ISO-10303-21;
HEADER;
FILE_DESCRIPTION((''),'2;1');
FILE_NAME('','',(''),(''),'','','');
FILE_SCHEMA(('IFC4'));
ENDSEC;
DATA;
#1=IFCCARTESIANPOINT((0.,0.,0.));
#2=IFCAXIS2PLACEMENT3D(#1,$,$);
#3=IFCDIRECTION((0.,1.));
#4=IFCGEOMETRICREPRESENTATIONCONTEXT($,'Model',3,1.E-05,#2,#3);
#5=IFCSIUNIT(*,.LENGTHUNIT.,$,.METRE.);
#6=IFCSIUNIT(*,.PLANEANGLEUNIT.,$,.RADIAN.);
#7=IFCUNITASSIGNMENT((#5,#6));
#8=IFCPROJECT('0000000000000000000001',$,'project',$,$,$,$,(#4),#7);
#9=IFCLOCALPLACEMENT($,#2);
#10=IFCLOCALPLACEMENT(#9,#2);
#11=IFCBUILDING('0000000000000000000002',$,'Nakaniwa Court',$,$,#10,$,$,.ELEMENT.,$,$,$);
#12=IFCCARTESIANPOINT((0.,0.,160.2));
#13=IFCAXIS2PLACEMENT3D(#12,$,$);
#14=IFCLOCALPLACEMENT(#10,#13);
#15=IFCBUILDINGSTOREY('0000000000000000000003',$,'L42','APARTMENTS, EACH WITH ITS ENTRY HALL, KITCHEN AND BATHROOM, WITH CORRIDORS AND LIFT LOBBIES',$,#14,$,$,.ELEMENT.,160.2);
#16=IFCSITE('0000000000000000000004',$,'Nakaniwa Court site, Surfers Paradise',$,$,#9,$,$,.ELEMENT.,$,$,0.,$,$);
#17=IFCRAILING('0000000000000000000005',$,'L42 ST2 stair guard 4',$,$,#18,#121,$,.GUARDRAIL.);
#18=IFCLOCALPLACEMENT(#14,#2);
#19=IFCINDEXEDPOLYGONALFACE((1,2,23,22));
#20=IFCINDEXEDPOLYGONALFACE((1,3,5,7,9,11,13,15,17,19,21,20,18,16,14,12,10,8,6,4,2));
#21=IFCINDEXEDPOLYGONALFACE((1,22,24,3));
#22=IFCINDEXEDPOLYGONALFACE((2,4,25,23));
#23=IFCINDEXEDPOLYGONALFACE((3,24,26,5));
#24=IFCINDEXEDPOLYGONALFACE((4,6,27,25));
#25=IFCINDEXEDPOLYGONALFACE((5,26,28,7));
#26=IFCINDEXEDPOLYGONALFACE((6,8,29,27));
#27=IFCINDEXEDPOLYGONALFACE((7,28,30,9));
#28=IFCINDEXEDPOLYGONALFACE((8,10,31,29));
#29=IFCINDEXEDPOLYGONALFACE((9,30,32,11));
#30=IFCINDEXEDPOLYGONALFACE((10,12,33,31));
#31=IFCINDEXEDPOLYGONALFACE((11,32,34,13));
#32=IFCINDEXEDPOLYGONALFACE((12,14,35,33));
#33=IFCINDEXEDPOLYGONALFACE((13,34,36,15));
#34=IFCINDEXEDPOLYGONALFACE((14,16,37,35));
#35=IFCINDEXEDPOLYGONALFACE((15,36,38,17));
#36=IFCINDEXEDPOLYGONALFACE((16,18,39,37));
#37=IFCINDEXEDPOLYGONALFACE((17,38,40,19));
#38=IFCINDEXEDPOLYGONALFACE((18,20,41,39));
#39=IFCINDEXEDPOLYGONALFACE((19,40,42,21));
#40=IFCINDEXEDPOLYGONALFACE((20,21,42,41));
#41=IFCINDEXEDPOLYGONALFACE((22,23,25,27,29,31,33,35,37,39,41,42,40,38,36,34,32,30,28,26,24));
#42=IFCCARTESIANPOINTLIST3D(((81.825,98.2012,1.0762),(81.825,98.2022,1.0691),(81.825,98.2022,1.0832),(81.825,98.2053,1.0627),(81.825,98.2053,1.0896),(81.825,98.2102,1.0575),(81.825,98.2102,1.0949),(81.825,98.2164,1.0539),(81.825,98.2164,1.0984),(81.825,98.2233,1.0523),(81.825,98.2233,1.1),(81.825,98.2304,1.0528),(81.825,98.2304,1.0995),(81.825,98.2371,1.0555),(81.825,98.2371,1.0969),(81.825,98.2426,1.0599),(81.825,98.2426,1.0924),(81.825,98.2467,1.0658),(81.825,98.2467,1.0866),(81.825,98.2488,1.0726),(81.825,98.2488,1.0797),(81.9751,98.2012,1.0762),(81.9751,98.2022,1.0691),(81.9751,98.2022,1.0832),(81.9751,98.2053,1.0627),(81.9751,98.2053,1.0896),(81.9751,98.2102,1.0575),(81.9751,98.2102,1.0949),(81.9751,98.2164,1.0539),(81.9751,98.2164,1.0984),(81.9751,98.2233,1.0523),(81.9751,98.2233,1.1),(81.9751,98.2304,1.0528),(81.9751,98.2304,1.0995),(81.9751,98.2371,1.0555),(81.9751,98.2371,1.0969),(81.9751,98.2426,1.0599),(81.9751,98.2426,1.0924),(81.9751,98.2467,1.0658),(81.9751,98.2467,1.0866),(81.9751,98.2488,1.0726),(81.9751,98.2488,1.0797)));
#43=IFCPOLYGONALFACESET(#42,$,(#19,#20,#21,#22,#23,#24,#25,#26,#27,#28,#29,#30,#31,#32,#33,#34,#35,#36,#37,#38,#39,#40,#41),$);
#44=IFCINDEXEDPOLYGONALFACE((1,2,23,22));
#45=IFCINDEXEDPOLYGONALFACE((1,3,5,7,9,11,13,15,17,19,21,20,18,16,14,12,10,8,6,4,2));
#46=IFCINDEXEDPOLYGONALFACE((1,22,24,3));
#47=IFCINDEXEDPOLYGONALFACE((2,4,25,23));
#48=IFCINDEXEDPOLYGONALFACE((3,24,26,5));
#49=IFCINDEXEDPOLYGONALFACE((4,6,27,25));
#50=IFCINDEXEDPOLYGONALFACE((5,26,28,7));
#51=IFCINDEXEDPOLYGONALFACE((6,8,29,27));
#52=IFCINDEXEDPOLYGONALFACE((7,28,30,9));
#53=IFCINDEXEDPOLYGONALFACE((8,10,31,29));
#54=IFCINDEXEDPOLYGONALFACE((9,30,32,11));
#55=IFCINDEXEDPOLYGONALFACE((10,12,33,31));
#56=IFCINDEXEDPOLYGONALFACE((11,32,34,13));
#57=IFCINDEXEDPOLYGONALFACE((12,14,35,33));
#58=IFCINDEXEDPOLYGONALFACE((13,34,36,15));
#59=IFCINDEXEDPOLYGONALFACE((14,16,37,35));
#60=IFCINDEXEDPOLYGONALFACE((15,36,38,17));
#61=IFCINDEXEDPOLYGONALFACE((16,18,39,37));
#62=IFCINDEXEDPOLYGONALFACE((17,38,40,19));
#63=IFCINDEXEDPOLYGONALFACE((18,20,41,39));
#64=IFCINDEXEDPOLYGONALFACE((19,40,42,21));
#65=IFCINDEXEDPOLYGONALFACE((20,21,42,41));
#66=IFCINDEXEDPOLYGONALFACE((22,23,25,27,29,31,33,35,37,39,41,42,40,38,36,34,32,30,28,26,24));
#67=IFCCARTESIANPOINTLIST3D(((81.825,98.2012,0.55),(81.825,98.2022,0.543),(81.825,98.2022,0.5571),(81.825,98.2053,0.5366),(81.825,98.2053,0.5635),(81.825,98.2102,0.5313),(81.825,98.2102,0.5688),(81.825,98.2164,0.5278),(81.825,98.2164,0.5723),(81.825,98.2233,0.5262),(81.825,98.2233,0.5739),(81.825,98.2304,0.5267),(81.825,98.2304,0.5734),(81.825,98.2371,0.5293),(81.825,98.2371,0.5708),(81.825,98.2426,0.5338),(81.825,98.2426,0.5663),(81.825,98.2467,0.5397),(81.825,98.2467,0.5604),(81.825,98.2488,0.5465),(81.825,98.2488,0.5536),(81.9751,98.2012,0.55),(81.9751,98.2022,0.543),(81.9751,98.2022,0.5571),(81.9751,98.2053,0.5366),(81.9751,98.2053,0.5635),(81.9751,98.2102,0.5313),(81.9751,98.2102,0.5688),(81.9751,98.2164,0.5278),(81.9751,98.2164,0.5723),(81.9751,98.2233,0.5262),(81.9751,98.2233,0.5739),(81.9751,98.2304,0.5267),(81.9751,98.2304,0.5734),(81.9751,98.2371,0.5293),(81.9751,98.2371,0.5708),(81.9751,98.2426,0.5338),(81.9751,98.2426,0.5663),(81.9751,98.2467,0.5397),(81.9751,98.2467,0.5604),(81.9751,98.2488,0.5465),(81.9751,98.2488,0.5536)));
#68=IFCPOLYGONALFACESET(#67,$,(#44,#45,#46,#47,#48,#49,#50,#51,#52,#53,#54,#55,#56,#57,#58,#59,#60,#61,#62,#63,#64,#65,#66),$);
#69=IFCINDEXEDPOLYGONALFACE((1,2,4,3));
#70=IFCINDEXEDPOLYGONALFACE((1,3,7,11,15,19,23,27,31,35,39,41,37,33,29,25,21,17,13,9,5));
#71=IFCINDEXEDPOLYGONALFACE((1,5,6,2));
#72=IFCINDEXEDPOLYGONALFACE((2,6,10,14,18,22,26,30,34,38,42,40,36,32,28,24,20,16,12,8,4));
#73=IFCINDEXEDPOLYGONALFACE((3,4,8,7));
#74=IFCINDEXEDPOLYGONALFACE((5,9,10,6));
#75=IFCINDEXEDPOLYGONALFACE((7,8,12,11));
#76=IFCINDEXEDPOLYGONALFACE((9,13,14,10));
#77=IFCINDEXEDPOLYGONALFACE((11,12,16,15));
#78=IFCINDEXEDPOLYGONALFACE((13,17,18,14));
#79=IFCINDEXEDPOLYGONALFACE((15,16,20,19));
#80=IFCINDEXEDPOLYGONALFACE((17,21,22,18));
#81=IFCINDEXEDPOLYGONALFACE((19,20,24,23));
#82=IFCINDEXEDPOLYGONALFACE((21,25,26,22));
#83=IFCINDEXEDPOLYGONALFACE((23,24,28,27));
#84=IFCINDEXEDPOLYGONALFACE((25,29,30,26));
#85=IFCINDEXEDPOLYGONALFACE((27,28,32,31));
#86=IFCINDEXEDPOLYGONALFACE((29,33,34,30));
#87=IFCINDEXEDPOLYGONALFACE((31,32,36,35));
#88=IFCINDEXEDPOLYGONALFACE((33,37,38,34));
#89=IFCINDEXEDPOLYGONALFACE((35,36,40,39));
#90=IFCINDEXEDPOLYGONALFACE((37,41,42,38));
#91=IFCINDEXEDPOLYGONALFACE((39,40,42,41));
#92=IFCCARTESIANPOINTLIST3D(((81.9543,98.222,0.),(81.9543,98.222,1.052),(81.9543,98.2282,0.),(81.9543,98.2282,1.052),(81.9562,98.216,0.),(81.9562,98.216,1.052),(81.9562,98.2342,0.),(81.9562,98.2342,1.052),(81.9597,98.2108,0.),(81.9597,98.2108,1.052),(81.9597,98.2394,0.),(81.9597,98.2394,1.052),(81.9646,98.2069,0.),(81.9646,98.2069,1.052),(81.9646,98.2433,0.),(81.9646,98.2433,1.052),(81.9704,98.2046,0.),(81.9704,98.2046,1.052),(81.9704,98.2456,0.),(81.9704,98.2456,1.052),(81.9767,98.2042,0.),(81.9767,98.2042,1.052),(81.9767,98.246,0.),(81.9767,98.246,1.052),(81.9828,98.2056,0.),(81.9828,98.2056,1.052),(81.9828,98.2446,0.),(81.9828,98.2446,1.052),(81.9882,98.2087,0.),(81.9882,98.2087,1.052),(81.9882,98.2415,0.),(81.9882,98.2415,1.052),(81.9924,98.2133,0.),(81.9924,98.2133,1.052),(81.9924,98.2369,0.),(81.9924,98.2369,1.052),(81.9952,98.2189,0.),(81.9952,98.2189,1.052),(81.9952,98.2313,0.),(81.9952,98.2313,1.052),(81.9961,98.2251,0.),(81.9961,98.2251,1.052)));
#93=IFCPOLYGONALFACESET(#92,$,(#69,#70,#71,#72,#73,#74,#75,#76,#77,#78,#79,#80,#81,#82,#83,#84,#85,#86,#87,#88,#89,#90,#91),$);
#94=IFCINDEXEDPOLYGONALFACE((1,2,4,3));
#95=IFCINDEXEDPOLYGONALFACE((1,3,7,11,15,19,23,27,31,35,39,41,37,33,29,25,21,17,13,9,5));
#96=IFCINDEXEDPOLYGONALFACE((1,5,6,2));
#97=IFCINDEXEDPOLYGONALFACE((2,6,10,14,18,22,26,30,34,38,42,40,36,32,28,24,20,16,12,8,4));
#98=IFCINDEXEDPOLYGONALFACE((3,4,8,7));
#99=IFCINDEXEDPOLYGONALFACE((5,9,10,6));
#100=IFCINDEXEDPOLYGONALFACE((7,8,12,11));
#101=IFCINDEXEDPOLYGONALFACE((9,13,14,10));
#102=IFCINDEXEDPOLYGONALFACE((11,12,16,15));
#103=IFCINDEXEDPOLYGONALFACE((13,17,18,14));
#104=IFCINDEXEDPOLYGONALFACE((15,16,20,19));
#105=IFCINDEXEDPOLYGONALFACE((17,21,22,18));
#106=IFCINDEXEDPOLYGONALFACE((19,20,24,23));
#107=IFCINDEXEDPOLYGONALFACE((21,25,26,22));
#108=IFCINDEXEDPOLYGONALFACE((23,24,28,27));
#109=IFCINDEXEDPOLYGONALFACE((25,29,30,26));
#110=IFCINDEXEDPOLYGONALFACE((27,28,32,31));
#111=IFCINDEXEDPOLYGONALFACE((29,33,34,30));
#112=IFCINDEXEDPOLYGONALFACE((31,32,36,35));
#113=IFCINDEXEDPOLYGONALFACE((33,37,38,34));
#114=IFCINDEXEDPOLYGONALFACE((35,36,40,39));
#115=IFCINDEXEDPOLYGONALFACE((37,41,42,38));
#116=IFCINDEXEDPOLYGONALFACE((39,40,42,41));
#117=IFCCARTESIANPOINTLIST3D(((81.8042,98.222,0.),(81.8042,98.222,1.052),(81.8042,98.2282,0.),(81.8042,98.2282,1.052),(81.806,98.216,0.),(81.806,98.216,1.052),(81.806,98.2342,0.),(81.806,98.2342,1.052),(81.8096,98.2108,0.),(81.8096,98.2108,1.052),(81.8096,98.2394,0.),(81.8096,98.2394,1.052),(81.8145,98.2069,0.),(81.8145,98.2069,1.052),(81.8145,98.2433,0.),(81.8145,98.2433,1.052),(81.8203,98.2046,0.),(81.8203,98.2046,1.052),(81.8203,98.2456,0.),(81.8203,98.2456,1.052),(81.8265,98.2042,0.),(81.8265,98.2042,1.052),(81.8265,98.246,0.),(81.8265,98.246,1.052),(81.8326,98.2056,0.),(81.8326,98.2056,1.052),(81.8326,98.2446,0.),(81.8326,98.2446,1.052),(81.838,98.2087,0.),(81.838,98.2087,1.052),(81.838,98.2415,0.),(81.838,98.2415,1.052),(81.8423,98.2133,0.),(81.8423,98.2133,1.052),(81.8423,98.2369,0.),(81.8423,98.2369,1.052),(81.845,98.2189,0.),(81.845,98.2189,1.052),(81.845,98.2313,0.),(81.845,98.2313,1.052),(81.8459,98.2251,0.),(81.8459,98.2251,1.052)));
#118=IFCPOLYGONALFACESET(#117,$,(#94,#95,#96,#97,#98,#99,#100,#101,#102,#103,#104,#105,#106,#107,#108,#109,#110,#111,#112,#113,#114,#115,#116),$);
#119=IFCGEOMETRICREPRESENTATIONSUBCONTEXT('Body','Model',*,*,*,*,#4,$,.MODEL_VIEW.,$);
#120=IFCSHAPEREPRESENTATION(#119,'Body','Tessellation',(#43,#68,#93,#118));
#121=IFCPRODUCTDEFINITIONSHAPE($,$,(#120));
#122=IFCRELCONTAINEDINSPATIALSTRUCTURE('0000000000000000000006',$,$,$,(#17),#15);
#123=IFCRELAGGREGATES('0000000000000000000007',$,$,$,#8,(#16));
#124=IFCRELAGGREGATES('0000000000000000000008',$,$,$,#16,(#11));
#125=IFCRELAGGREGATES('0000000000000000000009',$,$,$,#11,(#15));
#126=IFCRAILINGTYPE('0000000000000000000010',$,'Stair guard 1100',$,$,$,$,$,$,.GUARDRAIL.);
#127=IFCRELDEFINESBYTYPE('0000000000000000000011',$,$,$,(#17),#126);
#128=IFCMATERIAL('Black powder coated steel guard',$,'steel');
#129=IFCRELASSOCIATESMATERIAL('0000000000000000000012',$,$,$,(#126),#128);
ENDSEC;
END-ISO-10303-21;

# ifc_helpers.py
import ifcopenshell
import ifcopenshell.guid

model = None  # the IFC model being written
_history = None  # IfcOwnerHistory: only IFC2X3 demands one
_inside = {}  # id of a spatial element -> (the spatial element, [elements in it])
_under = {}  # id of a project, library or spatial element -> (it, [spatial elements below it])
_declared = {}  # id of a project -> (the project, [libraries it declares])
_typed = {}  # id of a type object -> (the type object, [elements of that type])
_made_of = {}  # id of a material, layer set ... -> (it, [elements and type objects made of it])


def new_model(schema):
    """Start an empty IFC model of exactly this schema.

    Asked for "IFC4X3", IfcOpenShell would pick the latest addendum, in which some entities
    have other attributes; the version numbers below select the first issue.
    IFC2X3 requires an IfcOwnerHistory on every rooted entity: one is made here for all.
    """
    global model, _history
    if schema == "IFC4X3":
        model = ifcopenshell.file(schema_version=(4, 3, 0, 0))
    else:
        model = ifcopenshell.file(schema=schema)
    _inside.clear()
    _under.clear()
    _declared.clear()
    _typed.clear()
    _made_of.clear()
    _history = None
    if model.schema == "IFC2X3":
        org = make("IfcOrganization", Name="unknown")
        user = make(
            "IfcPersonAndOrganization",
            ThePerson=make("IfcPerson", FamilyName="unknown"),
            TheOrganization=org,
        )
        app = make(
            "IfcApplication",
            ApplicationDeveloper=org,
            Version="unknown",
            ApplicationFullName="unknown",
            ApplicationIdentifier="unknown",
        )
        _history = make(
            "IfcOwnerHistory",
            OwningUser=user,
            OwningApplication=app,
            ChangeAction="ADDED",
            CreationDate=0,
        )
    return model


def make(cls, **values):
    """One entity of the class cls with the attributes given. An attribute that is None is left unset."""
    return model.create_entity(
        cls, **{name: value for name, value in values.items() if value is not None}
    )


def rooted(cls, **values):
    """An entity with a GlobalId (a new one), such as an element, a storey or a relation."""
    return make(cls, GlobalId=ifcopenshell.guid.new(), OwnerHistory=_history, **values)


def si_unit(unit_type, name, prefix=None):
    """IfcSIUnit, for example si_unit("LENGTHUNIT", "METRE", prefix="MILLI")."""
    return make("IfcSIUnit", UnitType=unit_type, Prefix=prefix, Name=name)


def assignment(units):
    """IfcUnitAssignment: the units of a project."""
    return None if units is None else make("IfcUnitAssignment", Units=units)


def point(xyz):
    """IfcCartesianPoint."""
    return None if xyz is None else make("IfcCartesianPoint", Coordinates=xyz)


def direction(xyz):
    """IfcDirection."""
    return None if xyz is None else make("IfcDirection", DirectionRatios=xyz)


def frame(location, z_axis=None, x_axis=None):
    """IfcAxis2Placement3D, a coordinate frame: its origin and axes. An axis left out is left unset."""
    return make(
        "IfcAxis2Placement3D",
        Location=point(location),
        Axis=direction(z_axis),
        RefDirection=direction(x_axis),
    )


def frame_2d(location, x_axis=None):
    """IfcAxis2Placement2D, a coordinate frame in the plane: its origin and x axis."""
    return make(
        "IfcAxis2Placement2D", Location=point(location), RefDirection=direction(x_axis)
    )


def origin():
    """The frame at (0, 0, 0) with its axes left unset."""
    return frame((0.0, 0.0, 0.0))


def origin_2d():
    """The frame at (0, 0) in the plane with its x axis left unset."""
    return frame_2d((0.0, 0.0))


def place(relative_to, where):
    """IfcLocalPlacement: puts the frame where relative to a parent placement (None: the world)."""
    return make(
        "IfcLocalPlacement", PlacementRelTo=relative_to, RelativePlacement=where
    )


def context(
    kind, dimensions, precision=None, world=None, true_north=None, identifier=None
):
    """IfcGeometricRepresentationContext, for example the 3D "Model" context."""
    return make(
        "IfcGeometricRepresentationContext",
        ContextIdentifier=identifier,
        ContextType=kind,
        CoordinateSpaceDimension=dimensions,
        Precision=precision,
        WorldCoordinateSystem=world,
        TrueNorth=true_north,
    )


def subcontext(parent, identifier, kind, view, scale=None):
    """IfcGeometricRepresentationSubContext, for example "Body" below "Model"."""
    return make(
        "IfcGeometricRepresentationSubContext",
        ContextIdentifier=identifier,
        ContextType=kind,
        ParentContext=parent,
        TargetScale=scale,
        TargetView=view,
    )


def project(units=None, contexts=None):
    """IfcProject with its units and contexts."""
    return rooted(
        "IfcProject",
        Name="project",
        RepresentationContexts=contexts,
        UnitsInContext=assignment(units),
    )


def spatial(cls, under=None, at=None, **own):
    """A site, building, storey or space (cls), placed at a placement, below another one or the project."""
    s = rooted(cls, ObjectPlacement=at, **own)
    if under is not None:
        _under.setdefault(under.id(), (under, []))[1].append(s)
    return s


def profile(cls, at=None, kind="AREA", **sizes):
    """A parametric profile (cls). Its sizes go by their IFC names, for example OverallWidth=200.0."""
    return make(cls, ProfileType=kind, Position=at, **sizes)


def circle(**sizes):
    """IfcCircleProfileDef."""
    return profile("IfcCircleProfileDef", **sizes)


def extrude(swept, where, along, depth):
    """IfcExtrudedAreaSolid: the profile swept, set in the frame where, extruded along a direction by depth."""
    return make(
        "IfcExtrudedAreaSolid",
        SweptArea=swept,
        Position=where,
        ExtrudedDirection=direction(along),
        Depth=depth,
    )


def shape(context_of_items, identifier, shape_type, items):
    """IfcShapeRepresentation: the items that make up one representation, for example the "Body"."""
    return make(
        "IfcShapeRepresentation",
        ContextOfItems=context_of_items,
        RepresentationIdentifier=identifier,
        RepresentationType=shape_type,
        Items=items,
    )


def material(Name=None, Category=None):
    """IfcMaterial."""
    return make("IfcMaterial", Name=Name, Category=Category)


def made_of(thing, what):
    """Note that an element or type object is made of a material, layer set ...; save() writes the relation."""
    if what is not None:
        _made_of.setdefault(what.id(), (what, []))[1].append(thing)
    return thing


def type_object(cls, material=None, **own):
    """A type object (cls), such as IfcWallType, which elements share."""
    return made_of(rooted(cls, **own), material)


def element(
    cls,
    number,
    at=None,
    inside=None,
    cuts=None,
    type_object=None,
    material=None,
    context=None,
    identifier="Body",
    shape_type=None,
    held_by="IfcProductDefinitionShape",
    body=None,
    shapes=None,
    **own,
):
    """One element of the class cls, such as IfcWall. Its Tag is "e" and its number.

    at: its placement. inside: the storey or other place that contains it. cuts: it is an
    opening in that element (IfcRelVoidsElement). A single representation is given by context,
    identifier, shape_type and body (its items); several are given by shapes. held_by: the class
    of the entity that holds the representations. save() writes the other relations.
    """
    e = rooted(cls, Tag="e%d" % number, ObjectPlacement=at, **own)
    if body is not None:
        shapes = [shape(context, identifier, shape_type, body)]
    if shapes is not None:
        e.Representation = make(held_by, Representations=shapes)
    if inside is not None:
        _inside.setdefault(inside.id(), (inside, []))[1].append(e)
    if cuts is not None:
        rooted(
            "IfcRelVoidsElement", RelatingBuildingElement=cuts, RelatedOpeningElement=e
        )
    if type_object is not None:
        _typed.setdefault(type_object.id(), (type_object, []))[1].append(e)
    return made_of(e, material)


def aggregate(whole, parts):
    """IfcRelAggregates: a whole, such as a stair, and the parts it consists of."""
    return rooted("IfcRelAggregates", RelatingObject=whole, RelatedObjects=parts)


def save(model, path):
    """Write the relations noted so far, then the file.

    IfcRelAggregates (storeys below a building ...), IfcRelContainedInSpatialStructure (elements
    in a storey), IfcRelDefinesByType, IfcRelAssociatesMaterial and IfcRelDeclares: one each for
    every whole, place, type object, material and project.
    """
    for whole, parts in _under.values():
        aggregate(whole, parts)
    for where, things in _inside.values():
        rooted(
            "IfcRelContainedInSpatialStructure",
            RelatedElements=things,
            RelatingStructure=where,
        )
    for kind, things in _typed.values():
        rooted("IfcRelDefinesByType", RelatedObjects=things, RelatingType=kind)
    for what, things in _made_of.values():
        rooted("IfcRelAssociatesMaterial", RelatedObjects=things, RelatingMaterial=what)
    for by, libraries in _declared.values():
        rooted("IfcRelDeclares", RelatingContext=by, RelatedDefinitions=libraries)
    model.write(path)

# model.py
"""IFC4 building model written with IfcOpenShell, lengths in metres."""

from ifc_helpers import new_model, si_unit, direction, frame, origin, origin_2d, place, context, subcontext, project, spatial, circle, extrude, material, type_object, element, save


model = new_model("IFC4")

# Units and contexts
model_context = context("Model", 3, precision=1e-05, world=origin(), true_north=direction((0.0, 1.0)))
body_context = subcontext(model_context, "Body", "Model", "MODEL_VIEW")
ifc_project = project(units=[si_unit("LENGTHUNIT", "METRE"), si_unit("PLANEANGLEUNIT", "RADIAN")], contexts=[model_context])

# Site, building, storey
site_placement = place(None, origin())
site = spatial("IfcSite", under=ifc_project, at=site_placement, Name="Nakaniwa Court site, Surfers Paradise", CompositionType="ELEMENT", RefElevation=0.0)
building_placement = place(site_placement, origin())
building = spatial("IfcBuilding", under=site, at=building_placement, Name="Nakaniwa Court", CompositionType="ELEMENT")
storey_placement = place(building_placement, frame((0.0, 0.0, 160.2)))
storey = spatial("IfcBuildingStorey", under=building, at=storey_placement, Name="L42", Description="APARTMENTS, EACH WITH ITS ENTRY HALL, KITCHEN AND BATHROOM, WITH CORRIDORS AND LIFT LOBBIES", CompositionType="ELEMENT", Elevation=160.2)

# Railing
ifc_material_1 = material(Name="Black powder coated steel guard", Category="steel")
railing_type_1 = type_object("IfcRailingType", Name="Stair guard 1100", PredefinedType="GUARDRAIL", material=ifc_material_1)
railing_1_placement = place(storey_placement, frame((81.9751, 98.2251, 0.0)))
element("IfcRailing", 1, at=railing_1_placement, inside=storey, type_object=railing_type_1, Name="L42 ST2 stair guard 4", PredefinedType="GUARDRAIL", context=body_context, shape_type="SweptSolid", body=[
    extrude(circle(Radius=0.0239, at=origin_2d()), frame((0.0, 0.0, 1.0762), z_axis=(-1.0, 0.0, 0.0), x_axis=(0.0, -1.0, 0.0)), (0.0, 0.0, 1.0), 0.1501),
    extrude(circle(Radius=0.0239, at=origin_2d()), frame((0.0, 0.0, 0.55), z_axis=(-1.0, 0.0, 0.0), x_axis=(0.0, -1.0, 0.0)), (0.0, 0.0, 1.0), 0.1501),
    extrude(circle(Radius=0.021, at=origin_2d()), origin(), (0.0, 0.0, 1.0), 1.052),
    extrude(circle(Radius=0.021, at=origin_2d()), frame((-0.1501, 0.0, 0.0)), (0.0, 0.0, 1.0), 1.052),
])

save(model, "model.ifc")
